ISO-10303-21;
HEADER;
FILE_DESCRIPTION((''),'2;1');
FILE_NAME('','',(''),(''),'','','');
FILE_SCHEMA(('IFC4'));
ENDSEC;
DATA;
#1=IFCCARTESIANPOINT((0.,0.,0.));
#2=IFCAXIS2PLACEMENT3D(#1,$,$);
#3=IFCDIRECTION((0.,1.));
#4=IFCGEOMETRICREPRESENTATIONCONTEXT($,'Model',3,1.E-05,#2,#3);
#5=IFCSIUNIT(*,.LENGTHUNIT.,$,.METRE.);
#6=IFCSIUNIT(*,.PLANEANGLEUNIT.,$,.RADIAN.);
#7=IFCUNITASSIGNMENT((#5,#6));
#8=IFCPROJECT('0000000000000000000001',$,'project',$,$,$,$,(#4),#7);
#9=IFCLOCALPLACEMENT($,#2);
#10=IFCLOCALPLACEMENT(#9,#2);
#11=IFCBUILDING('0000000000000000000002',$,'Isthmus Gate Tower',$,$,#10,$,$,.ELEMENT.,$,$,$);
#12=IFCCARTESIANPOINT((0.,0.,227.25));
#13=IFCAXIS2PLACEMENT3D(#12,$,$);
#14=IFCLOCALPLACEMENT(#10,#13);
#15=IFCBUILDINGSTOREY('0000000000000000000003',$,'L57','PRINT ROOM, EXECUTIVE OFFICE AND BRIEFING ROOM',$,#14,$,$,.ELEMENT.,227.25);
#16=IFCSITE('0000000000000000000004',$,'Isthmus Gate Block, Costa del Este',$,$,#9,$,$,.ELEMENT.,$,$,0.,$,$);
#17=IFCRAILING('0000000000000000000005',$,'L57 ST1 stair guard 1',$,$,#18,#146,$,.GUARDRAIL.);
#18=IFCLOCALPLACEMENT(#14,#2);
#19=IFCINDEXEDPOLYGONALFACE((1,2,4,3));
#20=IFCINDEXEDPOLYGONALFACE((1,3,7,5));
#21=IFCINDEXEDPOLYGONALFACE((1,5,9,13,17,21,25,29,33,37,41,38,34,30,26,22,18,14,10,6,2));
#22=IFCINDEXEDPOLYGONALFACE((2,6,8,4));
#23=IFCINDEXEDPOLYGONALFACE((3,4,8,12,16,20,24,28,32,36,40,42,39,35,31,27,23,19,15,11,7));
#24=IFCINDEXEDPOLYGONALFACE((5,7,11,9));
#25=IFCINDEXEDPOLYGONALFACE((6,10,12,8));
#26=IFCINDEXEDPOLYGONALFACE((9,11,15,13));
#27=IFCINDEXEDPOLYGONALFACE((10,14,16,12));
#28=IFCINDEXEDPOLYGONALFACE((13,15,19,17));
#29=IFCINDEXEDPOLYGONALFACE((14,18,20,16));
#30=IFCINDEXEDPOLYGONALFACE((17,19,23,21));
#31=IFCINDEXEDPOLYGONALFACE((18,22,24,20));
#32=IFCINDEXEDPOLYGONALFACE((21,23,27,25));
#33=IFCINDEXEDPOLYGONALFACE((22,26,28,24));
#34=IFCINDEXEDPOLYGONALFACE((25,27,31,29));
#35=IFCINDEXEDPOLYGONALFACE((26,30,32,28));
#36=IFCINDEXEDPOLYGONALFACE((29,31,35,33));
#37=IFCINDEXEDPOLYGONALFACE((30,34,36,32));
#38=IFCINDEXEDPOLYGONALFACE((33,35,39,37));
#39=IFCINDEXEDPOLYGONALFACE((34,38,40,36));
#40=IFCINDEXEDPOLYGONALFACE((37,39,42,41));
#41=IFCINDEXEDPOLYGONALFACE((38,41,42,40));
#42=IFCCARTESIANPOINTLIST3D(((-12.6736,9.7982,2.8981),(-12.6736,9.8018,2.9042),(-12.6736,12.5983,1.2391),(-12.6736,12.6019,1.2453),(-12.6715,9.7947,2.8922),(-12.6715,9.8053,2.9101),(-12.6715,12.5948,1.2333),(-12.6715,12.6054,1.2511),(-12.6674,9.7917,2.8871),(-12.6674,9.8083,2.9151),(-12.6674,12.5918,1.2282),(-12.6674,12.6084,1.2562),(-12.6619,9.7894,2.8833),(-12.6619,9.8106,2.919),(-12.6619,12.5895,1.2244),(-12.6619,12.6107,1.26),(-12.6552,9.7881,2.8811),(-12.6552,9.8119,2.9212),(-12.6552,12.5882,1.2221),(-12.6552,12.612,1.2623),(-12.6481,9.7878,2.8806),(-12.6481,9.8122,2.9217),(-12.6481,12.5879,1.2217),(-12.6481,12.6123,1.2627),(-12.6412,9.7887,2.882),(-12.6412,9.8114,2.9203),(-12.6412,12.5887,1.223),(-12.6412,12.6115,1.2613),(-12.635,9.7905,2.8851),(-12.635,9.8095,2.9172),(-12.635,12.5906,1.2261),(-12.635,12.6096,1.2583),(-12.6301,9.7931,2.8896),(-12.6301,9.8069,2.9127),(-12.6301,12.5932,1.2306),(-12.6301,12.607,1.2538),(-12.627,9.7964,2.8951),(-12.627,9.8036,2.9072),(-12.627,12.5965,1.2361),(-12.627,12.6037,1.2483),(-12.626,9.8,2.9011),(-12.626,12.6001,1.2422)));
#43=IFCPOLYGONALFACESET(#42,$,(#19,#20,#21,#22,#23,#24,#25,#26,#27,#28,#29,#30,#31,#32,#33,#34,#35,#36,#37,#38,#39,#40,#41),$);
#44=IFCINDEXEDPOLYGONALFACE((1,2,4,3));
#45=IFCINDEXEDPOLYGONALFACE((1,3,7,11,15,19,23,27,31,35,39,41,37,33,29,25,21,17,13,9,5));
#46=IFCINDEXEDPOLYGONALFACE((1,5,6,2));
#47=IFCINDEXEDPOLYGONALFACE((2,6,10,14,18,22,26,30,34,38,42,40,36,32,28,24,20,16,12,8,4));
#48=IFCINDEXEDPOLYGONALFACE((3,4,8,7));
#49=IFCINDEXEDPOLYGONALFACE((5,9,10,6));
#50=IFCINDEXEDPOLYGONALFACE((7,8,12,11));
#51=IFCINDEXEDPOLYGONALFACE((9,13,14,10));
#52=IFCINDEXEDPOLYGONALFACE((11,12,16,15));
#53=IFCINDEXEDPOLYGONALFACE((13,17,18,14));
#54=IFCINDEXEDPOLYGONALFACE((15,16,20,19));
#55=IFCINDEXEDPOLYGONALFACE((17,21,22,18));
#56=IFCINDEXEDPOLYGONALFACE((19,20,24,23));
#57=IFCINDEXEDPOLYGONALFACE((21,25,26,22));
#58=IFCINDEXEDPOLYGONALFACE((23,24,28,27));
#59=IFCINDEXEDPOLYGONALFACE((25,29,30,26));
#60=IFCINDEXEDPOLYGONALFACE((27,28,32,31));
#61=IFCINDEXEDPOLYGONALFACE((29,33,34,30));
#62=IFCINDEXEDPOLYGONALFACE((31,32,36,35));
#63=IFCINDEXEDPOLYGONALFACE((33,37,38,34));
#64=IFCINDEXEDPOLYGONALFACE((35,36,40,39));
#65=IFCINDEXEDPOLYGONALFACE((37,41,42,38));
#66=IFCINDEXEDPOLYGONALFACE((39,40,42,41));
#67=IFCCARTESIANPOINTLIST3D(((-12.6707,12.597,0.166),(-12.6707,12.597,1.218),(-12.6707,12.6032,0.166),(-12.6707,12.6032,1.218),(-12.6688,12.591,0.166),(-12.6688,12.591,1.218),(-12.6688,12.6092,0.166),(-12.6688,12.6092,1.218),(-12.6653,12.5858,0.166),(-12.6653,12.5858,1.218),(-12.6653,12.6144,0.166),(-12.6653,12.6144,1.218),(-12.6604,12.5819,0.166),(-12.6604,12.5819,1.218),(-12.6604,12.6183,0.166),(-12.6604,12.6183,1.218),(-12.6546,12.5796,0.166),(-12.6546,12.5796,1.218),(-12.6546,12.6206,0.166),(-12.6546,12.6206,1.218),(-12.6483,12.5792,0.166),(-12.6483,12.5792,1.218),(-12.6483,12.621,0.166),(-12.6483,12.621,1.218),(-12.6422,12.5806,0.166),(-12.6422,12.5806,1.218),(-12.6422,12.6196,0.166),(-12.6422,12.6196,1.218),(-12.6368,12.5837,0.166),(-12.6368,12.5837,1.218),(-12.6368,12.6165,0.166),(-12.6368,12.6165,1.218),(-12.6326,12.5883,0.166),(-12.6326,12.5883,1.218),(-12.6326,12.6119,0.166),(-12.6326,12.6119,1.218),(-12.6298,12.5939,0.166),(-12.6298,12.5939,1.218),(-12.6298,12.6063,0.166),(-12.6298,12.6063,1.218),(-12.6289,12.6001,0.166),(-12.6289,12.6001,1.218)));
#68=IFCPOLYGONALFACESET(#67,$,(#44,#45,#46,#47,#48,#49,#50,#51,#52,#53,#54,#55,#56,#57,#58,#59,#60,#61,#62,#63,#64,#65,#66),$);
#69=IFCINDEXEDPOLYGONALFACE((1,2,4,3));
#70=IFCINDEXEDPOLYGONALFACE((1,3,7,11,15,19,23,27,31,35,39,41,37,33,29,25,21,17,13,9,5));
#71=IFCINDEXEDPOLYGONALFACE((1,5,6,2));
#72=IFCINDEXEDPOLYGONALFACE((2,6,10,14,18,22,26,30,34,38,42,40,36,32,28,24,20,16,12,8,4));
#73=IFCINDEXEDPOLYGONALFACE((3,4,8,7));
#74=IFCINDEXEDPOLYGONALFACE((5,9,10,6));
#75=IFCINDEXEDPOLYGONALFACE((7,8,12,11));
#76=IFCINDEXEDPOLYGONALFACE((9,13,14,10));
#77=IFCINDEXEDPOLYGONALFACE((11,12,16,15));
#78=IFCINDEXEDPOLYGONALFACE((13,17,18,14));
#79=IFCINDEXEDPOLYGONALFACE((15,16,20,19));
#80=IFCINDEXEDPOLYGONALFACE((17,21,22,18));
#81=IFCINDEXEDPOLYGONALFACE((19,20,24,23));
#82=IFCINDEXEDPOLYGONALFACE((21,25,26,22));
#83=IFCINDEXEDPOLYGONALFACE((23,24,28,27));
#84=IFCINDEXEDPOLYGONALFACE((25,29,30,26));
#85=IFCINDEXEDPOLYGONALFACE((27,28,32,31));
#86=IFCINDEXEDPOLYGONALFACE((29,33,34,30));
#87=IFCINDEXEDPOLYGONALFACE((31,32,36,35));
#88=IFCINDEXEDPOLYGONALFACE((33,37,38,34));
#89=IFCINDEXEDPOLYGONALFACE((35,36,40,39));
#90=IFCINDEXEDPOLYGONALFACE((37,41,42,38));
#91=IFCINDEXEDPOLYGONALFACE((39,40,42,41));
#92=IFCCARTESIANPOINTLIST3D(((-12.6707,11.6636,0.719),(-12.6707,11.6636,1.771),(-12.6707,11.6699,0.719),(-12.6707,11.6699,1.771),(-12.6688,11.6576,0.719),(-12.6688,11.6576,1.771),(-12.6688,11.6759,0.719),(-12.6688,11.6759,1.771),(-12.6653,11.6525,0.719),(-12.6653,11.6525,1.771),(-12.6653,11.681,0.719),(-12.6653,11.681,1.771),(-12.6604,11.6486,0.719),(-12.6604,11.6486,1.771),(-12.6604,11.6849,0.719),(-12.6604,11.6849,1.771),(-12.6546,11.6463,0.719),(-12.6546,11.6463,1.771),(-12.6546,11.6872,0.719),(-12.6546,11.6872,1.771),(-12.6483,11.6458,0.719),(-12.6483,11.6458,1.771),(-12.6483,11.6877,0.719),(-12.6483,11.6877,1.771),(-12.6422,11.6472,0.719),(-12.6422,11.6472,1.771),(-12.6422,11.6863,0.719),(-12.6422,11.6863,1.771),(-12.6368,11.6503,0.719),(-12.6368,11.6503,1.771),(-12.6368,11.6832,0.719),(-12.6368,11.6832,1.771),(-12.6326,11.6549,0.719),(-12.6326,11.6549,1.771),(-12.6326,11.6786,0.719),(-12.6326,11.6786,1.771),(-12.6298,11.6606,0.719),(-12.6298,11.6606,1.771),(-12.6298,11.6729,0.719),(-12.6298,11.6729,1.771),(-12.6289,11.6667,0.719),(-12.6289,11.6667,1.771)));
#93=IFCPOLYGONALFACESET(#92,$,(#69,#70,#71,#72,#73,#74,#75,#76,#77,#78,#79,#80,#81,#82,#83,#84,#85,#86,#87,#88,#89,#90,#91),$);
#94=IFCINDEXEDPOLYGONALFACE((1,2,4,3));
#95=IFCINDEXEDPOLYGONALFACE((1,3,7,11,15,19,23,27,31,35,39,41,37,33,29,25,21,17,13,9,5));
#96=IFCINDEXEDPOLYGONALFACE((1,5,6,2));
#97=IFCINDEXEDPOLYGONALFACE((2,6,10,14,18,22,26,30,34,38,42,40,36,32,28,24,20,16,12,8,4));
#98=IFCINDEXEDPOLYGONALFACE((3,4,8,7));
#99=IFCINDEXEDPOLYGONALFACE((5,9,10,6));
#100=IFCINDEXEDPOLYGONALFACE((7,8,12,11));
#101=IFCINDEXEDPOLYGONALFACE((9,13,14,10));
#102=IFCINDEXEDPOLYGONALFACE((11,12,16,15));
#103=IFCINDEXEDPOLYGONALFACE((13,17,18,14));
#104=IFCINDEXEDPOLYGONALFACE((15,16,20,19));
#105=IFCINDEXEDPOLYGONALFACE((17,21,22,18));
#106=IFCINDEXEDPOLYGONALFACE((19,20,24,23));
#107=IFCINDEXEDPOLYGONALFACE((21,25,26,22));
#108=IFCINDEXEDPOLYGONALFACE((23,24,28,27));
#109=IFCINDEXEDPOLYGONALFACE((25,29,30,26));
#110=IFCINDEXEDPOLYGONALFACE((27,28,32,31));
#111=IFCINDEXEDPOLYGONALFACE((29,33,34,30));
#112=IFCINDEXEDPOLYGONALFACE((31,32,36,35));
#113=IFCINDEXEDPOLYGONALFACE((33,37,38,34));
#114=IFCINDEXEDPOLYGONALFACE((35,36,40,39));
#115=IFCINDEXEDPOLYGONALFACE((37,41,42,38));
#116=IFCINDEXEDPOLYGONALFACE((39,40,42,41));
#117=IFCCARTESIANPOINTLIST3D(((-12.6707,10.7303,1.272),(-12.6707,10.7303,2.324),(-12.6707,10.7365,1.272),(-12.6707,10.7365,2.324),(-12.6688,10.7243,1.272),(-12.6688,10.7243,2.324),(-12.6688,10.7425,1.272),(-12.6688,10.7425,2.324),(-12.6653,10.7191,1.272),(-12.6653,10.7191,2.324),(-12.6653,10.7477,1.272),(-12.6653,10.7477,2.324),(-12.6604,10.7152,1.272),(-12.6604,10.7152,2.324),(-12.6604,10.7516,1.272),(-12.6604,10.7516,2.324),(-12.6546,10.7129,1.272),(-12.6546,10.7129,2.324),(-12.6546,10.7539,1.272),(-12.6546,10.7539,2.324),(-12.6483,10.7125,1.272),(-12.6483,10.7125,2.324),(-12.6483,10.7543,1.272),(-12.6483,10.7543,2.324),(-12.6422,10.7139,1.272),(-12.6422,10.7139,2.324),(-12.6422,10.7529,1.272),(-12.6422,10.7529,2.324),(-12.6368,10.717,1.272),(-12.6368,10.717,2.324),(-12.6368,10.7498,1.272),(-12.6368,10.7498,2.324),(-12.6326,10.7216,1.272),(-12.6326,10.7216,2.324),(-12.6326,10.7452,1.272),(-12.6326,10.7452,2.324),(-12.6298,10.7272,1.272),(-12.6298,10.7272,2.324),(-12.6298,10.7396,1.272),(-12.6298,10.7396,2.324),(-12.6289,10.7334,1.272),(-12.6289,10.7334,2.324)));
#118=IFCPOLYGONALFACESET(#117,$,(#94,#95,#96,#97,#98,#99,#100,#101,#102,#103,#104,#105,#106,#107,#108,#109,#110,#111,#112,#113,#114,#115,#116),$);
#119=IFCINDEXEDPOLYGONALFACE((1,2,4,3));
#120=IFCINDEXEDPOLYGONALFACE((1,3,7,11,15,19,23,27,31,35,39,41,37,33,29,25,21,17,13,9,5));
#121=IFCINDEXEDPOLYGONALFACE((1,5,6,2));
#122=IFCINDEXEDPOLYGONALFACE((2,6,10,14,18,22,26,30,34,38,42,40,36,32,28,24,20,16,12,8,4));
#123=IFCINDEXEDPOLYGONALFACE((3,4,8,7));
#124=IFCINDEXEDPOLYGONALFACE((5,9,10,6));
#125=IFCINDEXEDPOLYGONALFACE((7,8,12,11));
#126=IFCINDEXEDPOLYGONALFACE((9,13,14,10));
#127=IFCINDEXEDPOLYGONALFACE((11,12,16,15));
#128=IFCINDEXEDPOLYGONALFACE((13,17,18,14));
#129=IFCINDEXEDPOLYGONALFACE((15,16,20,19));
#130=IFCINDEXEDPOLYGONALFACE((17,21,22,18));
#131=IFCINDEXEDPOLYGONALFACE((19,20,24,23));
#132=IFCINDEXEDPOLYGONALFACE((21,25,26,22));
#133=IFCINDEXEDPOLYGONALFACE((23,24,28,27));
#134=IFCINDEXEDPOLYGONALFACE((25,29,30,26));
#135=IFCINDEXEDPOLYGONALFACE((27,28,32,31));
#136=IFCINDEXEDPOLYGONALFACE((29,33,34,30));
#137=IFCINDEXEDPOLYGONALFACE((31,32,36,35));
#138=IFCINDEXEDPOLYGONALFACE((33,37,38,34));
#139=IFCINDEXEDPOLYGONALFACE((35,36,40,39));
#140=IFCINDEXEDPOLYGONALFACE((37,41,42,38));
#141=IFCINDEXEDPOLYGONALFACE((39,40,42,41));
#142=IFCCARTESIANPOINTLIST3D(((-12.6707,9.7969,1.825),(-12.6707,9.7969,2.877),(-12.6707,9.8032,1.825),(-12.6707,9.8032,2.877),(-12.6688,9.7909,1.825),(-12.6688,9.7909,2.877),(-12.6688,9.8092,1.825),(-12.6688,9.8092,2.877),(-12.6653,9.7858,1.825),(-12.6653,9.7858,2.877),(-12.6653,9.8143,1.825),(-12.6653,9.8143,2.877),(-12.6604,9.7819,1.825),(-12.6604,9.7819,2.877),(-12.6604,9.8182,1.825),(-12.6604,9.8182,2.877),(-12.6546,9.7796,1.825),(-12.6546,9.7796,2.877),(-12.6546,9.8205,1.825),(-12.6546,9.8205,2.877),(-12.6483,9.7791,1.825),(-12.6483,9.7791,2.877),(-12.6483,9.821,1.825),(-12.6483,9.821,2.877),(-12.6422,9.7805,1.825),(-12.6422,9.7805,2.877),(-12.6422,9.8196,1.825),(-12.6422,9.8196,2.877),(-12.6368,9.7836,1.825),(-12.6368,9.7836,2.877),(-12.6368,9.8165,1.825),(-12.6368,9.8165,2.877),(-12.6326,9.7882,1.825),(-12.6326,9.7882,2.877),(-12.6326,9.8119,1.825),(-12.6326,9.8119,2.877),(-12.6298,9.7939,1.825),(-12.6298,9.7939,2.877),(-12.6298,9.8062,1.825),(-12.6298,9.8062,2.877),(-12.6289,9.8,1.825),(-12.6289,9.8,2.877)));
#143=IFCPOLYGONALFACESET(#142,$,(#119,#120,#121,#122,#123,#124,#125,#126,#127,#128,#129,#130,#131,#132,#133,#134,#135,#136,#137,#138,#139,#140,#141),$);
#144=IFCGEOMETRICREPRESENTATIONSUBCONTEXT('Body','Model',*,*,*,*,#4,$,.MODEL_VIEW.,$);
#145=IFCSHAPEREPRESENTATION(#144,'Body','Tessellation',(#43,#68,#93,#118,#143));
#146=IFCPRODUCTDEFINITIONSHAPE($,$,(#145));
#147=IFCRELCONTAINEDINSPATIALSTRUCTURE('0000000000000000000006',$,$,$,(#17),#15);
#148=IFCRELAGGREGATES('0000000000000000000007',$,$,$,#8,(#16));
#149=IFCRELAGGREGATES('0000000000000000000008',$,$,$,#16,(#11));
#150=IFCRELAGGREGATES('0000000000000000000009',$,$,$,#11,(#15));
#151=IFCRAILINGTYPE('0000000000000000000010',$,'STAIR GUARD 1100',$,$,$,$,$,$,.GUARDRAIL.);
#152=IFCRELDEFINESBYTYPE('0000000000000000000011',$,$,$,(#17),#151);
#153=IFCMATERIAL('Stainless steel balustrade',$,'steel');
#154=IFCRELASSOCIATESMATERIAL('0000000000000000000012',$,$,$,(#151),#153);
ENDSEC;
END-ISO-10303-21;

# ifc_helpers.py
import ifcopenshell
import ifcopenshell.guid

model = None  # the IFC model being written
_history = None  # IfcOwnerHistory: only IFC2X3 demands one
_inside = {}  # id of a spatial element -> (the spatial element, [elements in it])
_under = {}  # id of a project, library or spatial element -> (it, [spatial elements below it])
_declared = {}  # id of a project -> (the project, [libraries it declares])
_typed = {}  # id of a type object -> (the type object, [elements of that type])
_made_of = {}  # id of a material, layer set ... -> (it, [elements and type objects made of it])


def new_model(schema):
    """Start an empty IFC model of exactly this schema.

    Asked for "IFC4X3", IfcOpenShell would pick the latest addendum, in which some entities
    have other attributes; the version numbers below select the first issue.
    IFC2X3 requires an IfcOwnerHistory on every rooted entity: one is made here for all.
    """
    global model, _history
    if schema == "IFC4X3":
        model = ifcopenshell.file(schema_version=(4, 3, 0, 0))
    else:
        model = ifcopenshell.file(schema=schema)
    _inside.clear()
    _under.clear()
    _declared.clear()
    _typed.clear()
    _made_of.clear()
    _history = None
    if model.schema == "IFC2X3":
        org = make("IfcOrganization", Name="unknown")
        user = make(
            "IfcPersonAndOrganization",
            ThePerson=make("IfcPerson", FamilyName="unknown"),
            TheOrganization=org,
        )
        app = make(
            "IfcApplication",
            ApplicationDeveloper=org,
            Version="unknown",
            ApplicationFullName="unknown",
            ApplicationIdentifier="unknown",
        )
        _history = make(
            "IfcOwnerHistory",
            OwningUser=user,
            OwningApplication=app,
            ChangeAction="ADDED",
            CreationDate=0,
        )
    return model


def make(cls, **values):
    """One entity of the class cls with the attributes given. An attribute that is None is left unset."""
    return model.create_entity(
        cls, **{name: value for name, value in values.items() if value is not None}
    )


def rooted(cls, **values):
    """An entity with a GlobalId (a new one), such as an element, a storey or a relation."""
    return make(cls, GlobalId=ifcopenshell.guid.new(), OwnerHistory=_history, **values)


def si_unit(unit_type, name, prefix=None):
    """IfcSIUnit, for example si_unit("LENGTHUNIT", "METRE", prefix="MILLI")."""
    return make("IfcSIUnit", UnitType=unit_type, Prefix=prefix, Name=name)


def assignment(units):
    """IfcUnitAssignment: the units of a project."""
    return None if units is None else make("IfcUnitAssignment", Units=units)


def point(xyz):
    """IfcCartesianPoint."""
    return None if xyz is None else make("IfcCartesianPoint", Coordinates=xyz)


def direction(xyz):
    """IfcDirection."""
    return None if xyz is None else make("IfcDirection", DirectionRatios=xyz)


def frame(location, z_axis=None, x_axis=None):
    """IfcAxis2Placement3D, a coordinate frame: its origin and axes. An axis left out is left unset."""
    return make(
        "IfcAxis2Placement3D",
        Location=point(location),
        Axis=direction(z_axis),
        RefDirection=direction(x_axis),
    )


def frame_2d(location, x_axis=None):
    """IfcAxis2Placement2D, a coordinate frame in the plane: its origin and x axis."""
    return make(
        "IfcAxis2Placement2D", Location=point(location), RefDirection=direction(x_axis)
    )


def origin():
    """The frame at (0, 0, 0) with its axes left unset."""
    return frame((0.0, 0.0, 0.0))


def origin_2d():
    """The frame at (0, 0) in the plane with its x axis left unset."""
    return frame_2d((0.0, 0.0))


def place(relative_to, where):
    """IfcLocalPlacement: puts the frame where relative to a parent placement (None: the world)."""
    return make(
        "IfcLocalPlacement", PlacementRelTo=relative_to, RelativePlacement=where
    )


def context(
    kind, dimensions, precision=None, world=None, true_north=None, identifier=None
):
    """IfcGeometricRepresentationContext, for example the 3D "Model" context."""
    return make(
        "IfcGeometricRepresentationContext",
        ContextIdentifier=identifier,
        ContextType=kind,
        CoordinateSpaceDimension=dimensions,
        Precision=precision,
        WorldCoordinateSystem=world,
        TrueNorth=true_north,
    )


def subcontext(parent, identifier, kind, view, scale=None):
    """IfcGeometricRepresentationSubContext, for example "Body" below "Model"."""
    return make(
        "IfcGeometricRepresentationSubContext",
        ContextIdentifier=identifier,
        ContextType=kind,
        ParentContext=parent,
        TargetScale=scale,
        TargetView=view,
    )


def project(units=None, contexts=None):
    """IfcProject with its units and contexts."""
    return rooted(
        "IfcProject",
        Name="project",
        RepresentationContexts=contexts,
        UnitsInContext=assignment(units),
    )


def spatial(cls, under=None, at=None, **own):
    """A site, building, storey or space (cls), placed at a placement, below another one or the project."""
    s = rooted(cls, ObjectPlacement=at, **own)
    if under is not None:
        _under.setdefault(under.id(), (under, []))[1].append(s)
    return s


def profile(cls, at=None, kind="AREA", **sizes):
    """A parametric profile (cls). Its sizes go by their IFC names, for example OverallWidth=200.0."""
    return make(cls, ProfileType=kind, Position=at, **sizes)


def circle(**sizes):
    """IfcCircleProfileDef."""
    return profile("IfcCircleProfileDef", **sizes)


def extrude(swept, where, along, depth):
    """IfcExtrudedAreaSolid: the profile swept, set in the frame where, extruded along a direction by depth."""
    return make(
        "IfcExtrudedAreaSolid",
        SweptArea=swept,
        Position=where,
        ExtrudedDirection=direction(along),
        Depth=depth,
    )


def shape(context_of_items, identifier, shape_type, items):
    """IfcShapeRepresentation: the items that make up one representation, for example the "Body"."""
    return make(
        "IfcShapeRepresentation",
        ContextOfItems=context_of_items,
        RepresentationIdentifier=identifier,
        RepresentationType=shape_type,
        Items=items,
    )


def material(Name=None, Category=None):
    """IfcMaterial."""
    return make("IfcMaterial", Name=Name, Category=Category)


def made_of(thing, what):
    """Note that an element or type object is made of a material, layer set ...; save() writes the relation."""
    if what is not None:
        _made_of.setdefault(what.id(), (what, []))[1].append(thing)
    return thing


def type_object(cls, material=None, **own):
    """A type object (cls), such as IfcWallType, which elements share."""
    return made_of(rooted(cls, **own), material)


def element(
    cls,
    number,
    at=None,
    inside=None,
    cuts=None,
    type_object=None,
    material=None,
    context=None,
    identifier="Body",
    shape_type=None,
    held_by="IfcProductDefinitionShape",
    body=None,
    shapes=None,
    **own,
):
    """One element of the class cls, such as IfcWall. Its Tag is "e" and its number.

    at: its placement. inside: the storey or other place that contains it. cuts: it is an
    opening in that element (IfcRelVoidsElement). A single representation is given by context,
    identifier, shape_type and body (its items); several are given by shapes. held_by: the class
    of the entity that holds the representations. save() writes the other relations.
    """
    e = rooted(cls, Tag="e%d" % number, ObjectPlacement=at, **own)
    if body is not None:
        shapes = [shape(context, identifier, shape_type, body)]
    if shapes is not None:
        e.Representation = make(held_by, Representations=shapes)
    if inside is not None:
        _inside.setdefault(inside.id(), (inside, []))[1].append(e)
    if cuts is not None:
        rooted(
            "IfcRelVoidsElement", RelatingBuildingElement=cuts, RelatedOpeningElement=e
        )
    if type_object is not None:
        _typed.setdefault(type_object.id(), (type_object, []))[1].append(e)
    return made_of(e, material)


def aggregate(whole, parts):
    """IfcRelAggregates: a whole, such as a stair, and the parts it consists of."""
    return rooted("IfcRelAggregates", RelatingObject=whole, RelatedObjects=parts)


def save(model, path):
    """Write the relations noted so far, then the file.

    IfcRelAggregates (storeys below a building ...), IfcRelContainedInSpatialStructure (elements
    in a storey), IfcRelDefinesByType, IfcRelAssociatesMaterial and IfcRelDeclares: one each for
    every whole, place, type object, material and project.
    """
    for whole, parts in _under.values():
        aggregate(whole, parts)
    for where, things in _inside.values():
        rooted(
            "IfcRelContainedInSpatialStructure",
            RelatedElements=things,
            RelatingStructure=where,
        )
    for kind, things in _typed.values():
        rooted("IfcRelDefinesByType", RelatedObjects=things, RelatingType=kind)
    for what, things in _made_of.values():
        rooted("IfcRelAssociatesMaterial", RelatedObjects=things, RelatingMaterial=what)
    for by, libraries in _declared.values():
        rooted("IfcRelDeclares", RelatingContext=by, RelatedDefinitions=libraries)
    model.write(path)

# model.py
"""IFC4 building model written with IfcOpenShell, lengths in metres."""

from ifc_helpers import new_model, si_unit, direction, frame, origin, origin_2d, place, context, subcontext, project, spatial, circle, extrude, material, type_object, element, save


model = new_model("IFC4")

# Units and contexts
model_context = context("Model", 3, precision=1e-05, world=origin(), true_north=direction((0.0, 1.0)))
body_context = subcontext(model_context, "Body", "Model", "MODEL_VIEW")
ifc_project = project(units=[si_unit("LENGTHUNIT", "METRE"), si_unit("PLANEANGLEUNIT", "RADIAN")], contexts=[model_context])

# Site, building, storey
site_placement = place(None, origin())
site = spatial("IfcSite", under=ifc_project, at=site_placement, Name="Isthmus Gate Block, Costa del Este", CompositionType="ELEMENT", RefElevation=0.0)
building_placement = place(site_placement, origin())
building = spatial("IfcBuilding", under=site, at=building_placement, Name="Isthmus Gate Tower", CompositionType="ELEMENT")
storey_placement = place(building_placement, frame((0.0, 0.0, 227.25)))
storey = spatial("IfcBuildingStorey", under=building, at=storey_placement, Name="L57", Description="PRINT ROOM, EXECUTIVE OFFICE AND BRIEFING ROOM", CompositionType="ELEMENT", Elevation=227.25)

# Railing
ifc_material_1 = material(Name="Stainless steel balustrade", Category="steel")
railing_type_1 = type_object("IfcRailingType", Name="STAIR GUARD 1100", PredefinedType="GUARDRAIL", material=ifc_material_1)
railing_1_placement = place(storey_placement, frame((-12.6499, 12.6001, 0.166)))
element("IfcRailing", 1, at=railing_1_placement, inside=storey, type_object=railing_type_1, Name="L57 ST1 stair guard 1", PredefinedType="GUARDRAIL", context=body_context, shape_type="SweptSolid", body=[
    extrude(circle(Radius=0.0239, at=origin_2d()), frame((0.0, 0.0, 1.0762), z_axis=(0.0, -0.860339, 0.509722), x_axis=(1.0, 0.0, 0.0)), (0.0, 0.0, 1.0), 3.2546),
    extrude(circle(Radius=0.021, at=origin_2d()), origin(), (0.0, 0.0, 1.0), 1.052),
    extrude(circle(Radius=0.021, at=origin_2d()), frame((0.0, -0.9333, 0.553)), (0.0, 0.0, 1.0), 1.052),
    extrude(circle(Radius=0.021, at=origin_2d()), frame((0.0, -1.8667, 1.106)), (0.0, 0.0, 1.0), 1.052),
    extrude(circle(Radius=0.021, at=origin_2d()), frame((0.0, -2.8, 1.6589)), (0.0, 0.0, 1.0), 1.052),
])

save(model, "model.ifc")
